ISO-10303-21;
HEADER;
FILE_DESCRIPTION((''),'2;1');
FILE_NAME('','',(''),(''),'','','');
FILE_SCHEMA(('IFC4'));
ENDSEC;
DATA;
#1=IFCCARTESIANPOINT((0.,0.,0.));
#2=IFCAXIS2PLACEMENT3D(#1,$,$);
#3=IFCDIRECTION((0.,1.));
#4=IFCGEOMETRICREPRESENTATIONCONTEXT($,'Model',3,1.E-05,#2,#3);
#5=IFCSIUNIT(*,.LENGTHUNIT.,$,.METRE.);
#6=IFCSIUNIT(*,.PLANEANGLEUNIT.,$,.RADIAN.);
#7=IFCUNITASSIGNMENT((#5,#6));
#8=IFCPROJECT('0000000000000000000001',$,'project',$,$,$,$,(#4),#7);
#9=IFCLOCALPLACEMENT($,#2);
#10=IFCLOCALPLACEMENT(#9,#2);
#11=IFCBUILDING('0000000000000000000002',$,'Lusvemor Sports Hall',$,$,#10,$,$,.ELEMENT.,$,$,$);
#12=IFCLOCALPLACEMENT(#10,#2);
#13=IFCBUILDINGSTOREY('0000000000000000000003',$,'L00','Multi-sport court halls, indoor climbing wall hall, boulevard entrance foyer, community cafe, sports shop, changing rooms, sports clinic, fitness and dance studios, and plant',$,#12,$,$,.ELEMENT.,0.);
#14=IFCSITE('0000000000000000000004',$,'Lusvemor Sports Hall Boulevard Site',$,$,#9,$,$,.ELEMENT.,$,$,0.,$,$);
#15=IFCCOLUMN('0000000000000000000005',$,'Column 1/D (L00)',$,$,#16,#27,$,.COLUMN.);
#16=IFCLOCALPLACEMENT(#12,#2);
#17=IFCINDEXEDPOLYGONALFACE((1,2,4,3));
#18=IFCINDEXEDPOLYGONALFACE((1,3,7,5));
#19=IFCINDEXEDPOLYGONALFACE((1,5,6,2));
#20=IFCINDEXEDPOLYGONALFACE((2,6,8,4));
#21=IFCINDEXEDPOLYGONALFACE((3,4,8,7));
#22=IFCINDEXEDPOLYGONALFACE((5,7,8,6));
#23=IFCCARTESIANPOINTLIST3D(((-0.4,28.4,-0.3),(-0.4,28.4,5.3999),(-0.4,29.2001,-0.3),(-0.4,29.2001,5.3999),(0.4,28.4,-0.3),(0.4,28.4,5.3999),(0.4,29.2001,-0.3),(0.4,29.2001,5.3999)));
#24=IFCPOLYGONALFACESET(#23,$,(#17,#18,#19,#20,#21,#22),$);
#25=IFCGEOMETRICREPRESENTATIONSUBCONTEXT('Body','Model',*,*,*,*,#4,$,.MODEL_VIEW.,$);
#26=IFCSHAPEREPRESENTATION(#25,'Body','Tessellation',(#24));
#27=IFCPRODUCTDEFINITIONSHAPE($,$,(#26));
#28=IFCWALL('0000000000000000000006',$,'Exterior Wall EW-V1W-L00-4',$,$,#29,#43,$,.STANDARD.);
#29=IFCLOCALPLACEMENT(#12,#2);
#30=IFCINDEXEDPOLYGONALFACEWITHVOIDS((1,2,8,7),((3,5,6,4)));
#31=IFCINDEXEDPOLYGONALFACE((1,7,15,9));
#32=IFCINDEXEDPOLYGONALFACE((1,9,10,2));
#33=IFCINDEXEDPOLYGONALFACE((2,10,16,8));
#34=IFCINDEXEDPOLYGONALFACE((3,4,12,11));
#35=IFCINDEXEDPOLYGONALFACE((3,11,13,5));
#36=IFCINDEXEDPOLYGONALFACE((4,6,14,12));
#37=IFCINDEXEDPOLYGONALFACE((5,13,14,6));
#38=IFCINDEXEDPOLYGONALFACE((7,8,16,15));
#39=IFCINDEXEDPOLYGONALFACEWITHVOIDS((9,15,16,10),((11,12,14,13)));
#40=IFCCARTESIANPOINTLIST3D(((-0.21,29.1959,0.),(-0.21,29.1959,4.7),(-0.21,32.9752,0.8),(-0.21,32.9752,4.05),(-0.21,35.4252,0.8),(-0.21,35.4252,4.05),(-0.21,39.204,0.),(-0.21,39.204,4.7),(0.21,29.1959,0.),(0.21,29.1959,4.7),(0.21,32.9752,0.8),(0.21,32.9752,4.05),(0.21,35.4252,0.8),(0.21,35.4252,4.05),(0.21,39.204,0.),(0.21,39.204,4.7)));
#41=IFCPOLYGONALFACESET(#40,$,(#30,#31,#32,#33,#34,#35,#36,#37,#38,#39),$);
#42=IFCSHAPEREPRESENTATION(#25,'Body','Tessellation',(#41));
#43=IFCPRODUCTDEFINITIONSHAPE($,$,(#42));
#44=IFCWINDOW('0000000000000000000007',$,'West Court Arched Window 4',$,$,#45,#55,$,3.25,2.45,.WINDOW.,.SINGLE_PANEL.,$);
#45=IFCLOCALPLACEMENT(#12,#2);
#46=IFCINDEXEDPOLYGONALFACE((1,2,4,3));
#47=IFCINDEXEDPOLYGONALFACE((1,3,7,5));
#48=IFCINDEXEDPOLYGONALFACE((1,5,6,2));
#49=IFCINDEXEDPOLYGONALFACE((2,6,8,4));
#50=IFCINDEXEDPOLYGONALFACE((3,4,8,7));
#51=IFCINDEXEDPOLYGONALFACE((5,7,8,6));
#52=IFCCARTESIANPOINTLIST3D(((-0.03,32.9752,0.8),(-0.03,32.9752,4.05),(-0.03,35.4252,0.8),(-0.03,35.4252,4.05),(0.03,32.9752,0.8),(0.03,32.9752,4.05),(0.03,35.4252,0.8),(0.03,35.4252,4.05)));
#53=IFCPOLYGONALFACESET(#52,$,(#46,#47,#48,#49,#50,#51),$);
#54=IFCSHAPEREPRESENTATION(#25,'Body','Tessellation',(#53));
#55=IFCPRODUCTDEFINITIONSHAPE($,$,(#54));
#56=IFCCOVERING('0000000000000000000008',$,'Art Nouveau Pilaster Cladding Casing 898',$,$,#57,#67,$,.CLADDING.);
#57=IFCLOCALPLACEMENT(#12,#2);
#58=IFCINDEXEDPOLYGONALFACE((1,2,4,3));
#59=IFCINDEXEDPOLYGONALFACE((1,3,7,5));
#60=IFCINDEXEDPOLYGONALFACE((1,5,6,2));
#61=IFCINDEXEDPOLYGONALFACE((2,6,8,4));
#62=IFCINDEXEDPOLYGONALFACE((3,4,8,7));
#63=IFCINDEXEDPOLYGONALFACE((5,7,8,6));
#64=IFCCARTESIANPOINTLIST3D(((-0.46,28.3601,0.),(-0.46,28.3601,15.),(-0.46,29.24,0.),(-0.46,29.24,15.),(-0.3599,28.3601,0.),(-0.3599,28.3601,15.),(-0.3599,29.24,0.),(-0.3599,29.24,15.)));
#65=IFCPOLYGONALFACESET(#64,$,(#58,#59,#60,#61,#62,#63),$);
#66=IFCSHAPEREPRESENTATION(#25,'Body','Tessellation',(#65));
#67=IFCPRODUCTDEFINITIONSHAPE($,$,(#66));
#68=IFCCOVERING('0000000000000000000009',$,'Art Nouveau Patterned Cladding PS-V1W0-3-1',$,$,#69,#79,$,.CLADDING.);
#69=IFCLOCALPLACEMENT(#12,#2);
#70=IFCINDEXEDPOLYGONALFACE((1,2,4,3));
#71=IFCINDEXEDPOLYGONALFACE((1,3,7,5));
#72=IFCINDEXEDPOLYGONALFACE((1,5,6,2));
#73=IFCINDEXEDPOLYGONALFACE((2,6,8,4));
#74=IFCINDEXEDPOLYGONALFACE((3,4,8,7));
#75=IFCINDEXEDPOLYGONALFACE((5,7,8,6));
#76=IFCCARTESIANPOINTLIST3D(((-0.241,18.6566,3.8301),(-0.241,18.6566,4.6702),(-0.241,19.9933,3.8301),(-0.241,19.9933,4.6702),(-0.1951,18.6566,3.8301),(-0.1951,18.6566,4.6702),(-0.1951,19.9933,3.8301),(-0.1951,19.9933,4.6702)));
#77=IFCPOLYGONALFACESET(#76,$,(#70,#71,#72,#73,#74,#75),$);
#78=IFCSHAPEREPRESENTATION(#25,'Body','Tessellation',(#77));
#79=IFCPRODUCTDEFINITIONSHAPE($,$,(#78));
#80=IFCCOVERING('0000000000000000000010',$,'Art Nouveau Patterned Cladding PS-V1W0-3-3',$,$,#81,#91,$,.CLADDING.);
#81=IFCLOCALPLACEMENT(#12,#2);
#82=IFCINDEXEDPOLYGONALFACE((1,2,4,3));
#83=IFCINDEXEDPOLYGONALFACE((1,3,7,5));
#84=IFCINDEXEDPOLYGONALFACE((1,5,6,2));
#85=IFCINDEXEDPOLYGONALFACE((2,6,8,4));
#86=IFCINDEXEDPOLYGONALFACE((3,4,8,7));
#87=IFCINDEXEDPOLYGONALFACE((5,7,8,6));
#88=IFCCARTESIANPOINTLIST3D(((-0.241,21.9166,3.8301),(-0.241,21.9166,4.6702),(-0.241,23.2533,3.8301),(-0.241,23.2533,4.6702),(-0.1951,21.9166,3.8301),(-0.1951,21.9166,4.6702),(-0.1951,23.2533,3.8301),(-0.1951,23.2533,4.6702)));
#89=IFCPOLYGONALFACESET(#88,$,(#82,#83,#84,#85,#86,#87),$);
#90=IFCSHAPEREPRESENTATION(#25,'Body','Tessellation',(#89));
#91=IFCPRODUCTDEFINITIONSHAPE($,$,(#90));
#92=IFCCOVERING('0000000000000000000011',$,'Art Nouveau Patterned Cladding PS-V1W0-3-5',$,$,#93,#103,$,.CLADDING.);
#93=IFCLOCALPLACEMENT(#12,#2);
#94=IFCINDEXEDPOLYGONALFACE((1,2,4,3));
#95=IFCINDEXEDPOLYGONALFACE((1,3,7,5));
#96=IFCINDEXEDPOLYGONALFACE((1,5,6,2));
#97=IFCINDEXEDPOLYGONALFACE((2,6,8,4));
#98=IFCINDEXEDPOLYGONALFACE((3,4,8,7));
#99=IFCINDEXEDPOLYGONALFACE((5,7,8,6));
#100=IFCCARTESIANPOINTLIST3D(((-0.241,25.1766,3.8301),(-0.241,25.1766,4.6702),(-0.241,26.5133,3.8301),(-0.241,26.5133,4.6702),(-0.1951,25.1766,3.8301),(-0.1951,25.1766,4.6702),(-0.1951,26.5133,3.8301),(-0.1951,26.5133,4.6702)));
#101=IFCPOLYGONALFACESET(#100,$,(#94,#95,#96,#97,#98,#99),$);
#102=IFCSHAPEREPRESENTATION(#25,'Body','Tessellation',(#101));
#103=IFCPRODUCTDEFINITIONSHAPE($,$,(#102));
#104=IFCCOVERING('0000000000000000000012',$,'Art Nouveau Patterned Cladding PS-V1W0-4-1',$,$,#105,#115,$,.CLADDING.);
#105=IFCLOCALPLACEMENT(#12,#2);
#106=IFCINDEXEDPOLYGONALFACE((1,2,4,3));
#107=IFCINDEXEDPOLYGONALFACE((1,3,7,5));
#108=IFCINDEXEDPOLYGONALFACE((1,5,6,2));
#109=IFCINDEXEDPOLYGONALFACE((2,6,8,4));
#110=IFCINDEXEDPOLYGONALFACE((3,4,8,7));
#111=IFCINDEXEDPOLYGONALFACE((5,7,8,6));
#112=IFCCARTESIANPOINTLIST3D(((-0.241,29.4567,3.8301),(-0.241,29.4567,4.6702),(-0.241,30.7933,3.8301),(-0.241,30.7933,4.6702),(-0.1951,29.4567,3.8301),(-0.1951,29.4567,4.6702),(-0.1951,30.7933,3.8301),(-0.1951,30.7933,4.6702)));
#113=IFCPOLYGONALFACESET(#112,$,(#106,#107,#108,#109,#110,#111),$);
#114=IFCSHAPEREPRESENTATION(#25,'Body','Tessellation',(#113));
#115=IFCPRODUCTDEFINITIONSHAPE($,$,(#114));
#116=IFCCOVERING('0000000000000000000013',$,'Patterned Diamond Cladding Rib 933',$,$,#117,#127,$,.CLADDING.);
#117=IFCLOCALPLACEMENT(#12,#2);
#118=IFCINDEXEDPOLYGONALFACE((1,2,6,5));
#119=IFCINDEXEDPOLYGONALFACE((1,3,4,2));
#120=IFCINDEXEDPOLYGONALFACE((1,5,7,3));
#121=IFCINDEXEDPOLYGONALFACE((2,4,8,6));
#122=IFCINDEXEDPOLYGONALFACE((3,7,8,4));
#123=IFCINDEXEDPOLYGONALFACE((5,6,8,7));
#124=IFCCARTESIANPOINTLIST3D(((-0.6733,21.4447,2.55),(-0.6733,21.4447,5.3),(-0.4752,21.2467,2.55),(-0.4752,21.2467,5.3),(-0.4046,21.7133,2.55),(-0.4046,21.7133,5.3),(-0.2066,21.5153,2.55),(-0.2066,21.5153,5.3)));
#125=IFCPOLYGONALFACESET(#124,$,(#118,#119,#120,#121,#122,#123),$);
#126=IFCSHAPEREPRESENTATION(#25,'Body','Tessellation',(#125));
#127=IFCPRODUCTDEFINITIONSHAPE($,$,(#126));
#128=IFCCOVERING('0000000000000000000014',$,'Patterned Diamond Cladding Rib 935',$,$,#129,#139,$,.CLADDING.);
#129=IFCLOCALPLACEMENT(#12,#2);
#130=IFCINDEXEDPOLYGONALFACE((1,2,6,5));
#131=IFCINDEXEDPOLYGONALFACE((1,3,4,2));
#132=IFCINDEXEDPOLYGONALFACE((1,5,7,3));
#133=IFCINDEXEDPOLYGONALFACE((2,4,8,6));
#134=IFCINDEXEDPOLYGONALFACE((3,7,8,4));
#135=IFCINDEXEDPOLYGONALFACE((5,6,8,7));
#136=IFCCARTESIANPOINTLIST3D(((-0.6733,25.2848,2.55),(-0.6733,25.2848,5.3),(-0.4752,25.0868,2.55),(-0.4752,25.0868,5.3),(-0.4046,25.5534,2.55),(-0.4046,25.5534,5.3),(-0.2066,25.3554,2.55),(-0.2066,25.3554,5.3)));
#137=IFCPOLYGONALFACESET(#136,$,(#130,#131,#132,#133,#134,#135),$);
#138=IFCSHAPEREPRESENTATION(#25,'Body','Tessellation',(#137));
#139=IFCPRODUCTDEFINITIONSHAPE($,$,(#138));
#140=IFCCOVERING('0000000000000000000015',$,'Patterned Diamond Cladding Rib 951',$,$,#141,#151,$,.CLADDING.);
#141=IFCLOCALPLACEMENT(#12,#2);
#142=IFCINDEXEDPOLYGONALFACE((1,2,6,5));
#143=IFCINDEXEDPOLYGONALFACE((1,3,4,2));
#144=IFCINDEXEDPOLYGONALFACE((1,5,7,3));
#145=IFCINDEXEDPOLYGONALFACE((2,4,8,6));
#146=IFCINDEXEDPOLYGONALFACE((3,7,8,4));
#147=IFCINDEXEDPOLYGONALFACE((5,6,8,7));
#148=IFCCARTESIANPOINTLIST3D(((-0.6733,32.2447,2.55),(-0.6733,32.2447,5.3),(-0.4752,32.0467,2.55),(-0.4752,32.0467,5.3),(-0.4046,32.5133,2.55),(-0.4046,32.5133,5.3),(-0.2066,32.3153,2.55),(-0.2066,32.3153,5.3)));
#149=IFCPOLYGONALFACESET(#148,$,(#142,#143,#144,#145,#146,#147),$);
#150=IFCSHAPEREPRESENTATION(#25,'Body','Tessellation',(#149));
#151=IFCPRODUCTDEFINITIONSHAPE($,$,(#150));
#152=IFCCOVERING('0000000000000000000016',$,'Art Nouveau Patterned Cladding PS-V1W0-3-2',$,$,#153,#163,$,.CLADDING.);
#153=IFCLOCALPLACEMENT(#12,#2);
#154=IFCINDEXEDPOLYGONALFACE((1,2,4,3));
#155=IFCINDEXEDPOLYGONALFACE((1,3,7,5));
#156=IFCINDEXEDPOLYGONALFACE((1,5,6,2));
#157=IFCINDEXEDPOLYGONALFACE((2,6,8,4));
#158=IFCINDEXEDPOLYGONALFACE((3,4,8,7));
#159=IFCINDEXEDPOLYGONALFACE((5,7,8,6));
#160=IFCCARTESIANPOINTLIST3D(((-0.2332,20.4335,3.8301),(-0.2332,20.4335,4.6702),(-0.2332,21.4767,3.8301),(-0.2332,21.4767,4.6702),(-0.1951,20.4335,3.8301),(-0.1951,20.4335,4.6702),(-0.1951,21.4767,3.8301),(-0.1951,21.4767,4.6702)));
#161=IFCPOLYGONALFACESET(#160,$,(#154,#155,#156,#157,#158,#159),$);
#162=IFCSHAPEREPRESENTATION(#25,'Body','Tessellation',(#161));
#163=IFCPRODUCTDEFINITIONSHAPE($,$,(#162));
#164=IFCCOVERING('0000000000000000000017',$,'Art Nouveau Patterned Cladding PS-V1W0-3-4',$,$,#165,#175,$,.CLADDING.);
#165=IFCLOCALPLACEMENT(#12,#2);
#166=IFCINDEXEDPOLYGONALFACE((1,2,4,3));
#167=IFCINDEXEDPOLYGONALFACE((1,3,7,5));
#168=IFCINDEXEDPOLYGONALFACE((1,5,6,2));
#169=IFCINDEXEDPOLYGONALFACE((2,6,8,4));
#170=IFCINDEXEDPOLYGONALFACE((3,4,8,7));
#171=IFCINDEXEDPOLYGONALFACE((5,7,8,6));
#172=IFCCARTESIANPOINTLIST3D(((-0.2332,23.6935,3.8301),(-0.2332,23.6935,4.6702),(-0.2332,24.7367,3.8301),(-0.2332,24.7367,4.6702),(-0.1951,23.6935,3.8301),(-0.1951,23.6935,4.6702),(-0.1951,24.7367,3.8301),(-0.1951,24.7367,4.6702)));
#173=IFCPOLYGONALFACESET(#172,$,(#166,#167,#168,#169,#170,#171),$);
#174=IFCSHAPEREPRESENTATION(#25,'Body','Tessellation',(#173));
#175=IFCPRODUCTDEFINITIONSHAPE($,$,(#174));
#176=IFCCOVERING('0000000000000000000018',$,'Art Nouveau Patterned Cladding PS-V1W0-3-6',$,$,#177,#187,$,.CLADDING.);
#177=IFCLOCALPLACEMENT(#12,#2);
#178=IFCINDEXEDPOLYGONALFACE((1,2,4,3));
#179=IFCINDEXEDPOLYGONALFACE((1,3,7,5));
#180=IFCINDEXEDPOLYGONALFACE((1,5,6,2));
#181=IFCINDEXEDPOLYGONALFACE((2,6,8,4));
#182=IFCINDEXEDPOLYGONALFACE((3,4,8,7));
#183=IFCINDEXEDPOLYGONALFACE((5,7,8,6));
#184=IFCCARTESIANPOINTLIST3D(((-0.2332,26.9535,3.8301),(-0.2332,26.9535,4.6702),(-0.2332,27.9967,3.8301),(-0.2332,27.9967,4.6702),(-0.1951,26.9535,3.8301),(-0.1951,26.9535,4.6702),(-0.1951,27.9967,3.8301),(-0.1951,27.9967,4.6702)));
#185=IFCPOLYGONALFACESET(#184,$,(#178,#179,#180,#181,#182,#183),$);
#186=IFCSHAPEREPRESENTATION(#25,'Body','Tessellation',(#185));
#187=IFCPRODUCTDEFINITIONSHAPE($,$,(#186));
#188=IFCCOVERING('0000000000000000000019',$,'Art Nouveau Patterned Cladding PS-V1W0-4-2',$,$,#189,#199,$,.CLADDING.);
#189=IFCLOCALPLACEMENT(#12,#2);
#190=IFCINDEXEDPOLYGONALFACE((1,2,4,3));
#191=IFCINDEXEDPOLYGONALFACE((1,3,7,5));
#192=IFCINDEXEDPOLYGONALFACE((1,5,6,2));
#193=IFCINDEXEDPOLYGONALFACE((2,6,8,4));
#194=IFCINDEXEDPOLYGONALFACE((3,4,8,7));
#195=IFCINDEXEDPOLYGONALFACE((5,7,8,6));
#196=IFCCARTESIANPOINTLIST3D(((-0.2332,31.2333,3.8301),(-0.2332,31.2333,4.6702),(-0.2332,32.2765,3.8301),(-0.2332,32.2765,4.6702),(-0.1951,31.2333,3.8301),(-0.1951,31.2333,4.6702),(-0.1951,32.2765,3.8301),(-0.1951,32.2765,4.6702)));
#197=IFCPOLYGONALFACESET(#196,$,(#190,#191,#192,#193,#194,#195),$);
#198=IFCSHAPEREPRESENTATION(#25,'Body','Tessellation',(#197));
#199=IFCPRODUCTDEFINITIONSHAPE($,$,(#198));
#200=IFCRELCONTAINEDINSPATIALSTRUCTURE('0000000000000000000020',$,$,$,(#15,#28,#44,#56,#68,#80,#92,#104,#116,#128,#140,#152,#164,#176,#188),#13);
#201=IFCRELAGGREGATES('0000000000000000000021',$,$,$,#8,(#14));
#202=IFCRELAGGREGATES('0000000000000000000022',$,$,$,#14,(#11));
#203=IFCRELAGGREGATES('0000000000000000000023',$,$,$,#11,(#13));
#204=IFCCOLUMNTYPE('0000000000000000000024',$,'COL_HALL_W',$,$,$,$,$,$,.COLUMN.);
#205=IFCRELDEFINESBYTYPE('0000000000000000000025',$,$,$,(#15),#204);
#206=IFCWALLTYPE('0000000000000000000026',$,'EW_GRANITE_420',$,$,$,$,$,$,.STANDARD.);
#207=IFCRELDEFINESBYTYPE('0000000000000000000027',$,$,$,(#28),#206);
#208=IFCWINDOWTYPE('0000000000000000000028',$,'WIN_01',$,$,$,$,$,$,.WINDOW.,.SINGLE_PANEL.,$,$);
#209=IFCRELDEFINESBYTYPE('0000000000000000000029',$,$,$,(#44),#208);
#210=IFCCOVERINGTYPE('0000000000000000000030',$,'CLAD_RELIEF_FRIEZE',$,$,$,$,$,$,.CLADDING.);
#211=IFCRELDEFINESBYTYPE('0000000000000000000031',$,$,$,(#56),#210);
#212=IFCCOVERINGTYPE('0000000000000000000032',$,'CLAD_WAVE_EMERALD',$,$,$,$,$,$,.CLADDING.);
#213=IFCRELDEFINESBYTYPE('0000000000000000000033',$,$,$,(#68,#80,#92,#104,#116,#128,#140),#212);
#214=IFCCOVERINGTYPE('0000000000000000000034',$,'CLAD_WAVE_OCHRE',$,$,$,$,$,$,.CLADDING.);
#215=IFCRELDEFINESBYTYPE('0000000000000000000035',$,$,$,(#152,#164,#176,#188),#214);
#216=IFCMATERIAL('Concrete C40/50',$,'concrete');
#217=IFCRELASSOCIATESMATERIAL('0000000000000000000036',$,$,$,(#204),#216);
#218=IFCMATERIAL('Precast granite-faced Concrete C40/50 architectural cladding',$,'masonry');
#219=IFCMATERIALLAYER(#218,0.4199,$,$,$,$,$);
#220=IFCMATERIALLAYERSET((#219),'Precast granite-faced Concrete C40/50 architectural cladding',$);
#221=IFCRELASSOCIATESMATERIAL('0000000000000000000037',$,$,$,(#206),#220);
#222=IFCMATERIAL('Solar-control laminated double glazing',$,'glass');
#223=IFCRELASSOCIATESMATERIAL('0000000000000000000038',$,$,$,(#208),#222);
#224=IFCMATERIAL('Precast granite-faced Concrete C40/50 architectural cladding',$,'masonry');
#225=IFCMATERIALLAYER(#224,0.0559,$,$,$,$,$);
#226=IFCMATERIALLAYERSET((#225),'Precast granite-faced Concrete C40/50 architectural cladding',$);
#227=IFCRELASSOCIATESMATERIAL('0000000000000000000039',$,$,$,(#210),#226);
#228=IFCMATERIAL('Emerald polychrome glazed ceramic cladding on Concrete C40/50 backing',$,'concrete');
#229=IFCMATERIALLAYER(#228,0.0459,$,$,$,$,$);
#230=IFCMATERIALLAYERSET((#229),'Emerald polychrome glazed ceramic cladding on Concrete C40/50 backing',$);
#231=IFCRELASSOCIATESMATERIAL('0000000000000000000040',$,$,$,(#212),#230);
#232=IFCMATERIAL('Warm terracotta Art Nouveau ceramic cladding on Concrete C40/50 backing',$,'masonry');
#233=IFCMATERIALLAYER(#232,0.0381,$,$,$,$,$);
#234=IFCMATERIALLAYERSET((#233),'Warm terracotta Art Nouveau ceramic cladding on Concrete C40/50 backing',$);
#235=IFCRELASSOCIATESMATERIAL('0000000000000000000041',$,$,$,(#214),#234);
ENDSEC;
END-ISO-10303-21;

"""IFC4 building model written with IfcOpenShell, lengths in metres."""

from ifc_helpers import new_model, si_unit, direction, frame, frame_2d, origin, origin_2d, place, context, subcontext, project, spatial, rectangle, extrude, material, layer, layer_set, material_profile, profile_set, type_object, element, fill, save


model = new_model("IFC4")

# Units and contexts
model_context = context("Model", 3, precision=1e-05, world=origin(), true_north=direction((0.0, 1.0)))
body_context = subcontext(model_context, "Body", "Model", "MODEL_VIEW")
ifc_project = project(units=[si_unit("LENGTHUNIT", "METRE"), si_unit("PLANEANGLEUNIT", "RADIAN")], contexts=[model_context])

# Site, building, storey
site_placement = place(None, origin())
site = spatial("IfcSite", under=ifc_project, at=site_placement, Name="Lusvemor Sports Hall Boulevard Site", CompositionType="ELEMENT", RefElevation=0.0)
building_placement = place(site_placement, origin())
building = spatial("IfcBuilding", under=site, at=building_placement, Name="Lusvemor Sports Hall", CompositionType="ELEMENT")
storey_placement = place(building_placement, origin())
storey = spatial("IfcBuildingStorey", under=building, at=storey_placement, Name="L00", Description="Multi-sport court halls, indoor climbing wall hall, boulevard entrance foyer, community cafe, sports shop, changing rooms, sports clinic, fitness and dance studios, and plant", CompositionType="ELEMENT", Elevation=0.0)

# Column
ifc_material_1 = material(Name="Concrete C40/50", Category="concrete")
ifc_material_profile_1 = material_profile(ifc_material_1, rectangle(XDim=0.8, YDim=0.8, at=origin_2d()), Name="RC800x800")
ifc_profile_set_1 = profile_set([ifc_material_profile_1], Name="Concrete C40/50")
column_type = type_object("IfcColumnType", Name="COL_HALL_W", PredefinedType="COLUMN", material=ifc_profile_set_1)
column_placement = place(storey_placement, frame((0.0, 28.8, -0.3), z_axis=(0.0, 0.0, 1.0), x_axis=(1.0, 0.0, 0.0)))
element("IfcColumn", 1, at=column_placement, inside=storey, type_object=column_type, Name="Column 1/D (L00)", PredefinedType="COLUMN", context=body_context, shape_type="SweptSolid", body=[
    extrude(rectangle(XDim=0.8, YDim=0.8, at=origin_2d()), origin(), (0.0, 0.0, 1.0), 5.7),
])

# Wall, opening, window
ifc_material_2 = material(Name="Precast granite-faced Concrete C40/50 architectural cladding", Category="masonry")
ifc_layer_1 = layer(ifc_material_2, 0.4199)
ifc_layer_set_1 = layer_set([ifc_layer_1], Name="Precast granite-faced Concrete C40/50 architectural cladding")
wall_type = type_object("IfcWallType", Name="EW_GRANITE_420", PredefinedType="STANDARD", material=ifc_layer_set_1)
wall_placement = place(storey_placement, frame((0.0, 29.196, 0.0), z_axis=(0.0, 0.0, 1.0), x_axis=(0.0, 1.0, 0.0)))
wall = element("IfcWall", 2, at=wall_placement, inside=storey, type_object=wall_type, Name="Exterior Wall EW-V1W-L00-4", PredefinedType="STANDARD", context=body_context, shape_type="SweptSolid", body=[
    extrude(rectangle(XDim=10.0081, YDim=0.4199, at=frame_2d((5.0039, 0.0))), origin(), (0.0, 0.0, 1.0), 4.7),
])
opening_placement = place(wall_placement, frame((3.7791, 0.0, 0.8)))
opening = element("IfcOpeningElement", 3, at=opening_placement, cuts=wall, PredefinedType="OPENING", context=body_context, shape_type="SweptSolid", body=[
    extrude(rectangle(XDim=2.45, YDim=3.25, at=frame_2d((1.2251, 1.625))), frame((0.0, 0.21, 0.0), z_axis=(0.0, -1.0, 0.0), x_axis=(1.0, 0.0, 0.0)), (0.0, 0.0, 1.0), 0.4199),
])
ifc_material_3 = material(Name="Solar-control laminated double glazing", Category="glass")
window_type = type_object("IfcWindowType", Name="WIN_01", PartitioningType="SINGLE_PANEL", PredefinedType="WINDOW", material=ifc_material_3)
window_placement = place(opening_placement, origin())
window = element("IfcWindow", 4, at=window_placement, inside=storey, type_object=window_type, Name="West Court Arched Window 4", OverallHeight=3.25, OverallWidth=2.45, PartitioningType="SINGLE_PANEL", PredefinedType="WINDOW", context=body_context, shape_type="SweptSolid", body=[
    extrude(rectangle(XDim=2.45, YDim=3.25, at=frame_2d((1.2251, 1.625))), frame((0.0, 0.03, 0.0), z_axis=(0.0, -1.0, 0.0), x_axis=(1.0, 0.0, 0.0)), (0.0, 0.0, 1.0), 0.0601),
])
fill(opening, window)

# Coverings
ifc_material_4 = material(Name="Precast granite-faced Concrete C40/50 architectural cladding", Category="masonry")
ifc_layer_2 = layer(ifc_material_4, 0.0559)
ifc_layer_set_2 = layer_set([ifc_layer_2], Name="Precast granite-faced Concrete C40/50 architectural cladding")
covering_type_1 = type_object("IfcCoveringType", Name="CLAD_RELIEF_FRIEZE", PredefinedType="CLADDING", material=ifc_layer_set_2)
covering_1_placement = place(storey_placement, frame((-0.4099, 28.8, 0.0), z_axis=(0.0, 0.0, 1.0), x_axis=(1.0, 0.0, 0.0)))
element("IfcCovering", 5, at=covering_1_placement, inside=storey, type_object=covering_type_1, Name="Art Nouveau Pilaster Cladding Casing 898", PredefinedType="CLADDING", context=body_context, shape_type="SweptSolid", body=[
    extrude(rectangle(XDim=0.1001, YDim=0.8799, at=origin_2d()), origin(), (0.0, 0.0, 1.0), 15.0),
])
ifc_material_5 = material(Name="Emerald polychrome glazed ceramic cladding on Concrete C40/50 backing", Category="concrete")
ifc_layer_3 = layer(ifc_material_5, 0.0459)
ifc_layer_set_3 = layer_set([ifc_layer_3], Name="Emerald polychrome glazed ceramic cladding on Concrete C40/50 backing")
covering_type_2 = type_object("IfcCoveringType", Name="CLAD_WAVE_EMERALD", PredefinedType="CLADDING", material=ifc_layer_set_3)
for number, where, z_axis, x_axis, name in (
    (6, (-0.218, 19.325, 3.8301), (0.0, 0.0, 1.0), (1.0, 0.0, 0.0), "Art Nouveau Patterned Cladding PS-V1W0-3-1"),
    (7, (-0.218, 22.585, 3.8301), (0.0, 0.0, 1.0), (1.0, 0.0, 0.0), "Art Nouveau Patterned Cladding PS-V1W0-3-3"),
    (8, (-0.218, 25.845, 3.8301), (0.0, 0.0, 1.0), (1.0, 0.0, 0.0), "Art Nouveau Patterned Cladding PS-V1W0-3-5"),
    (9, (-0.218, 30.125, 3.8301), (0.0, 0.0, 1.0), (1.0, 0.0, 0.0), "Art Nouveau Patterned Cladding PS-V1W0-4-1"),
):
    element("IfcCovering", number, at=place(storey_placement, frame(where, z_axis=z_axis, x_axis=x_axis)), inside=storey, type_object=covering_type_2, Name=name, PredefinedType="CLADDING", context=body_context, shape_type="SweptSolid", body=[
        extrude(rectangle(XDim=0.0459, YDim=1.3367, at=origin_2d()), origin(), (0.0, 0.0, 1.0), 0.8401),
    ])
for number, where, z_axis, x_axis, name in (
    (10, (-0.4399, 21.48, 2.55), (0.0, 0.0, 1.0), (0.707107, 0.707107, 0.0), "Patterned Diamond Cladding Rib 933"),
    (11, (-0.4399, 25.3201, 2.55), (0.0, 0.0, 1.0), (0.707107, 0.707107, 0.0), "Patterned Diamond Cladding Rib 935"),
    (12, (-0.4399, 32.28, 2.55), (0.0, 0.0, 1.0), (0.707107, 0.707107, 0.0), "Patterned Diamond Cladding Rib 951"),
):
    element("IfcCovering", number, at=place(storey_placement, frame(where, z_axis=z_axis, x_axis=x_axis)), inside=storey, type_object=covering_type_2, Name=name, PredefinedType="CLADDING", context=body_context, shape_type="SweptSolid", body=[
        extrude(rectangle(XDim=0.3799, YDim=0.28, at=origin_2d()), origin(), (0.0, 0.0, 1.0), 2.75),
    ])
ifc_material_6 = material(Name="Warm terracotta Art Nouveau ceramic cladding on Concrete C40/50 backing", Category="masonry")
ifc_layer_4 = layer(ifc_material_6, 0.0381)
ifc_layer_set_4 = layer_set([ifc_layer_4], Name="Warm terracotta Art Nouveau ceramic cladding on Concrete C40/50 backing")
covering_type_3 = type_object("IfcCoveringType", Name="CLAD_WAVE_OCHRE", PredefinedType="CLADDING", material=ifc_layer_set_4)
for number, where, z_axis, x_axis, name in (
    (13, (-0.2141, 20.9551, 3.8301), (0.0, 0.0, 1.0), (1.0, 0.0, 0.0), "Art Nouveau Patterned Cladding PS-V1W0-3-2"),
    (14, (-0.2141, 24.2151, 3.8301), (0.0, 0.0, 1.0), (1.0, 0.0, 0.0), "Art Nouveau Patterned Cladding PS-V1W0-3-4"),
    (15, (-0.2141, 27.4751, 3.8301), (0.0, 0.0, 1.0), (1.0, 0.0, 0.0), "Art Nouveau Patterned Cladding PS-V1W0-3-6"),
    (16, (-0.2141, 31.7549, 3.8301), (0.0, 0.0, 1.0), (1.0, 0.0, 0.0), "Art Nouveau Patterned Cladding PS-V1W0-4-2"),
):
    element("IfcCovering", number, at=place(storey_placement, frame(where, z_axis=z_axis, x_axis=x_axis)), inside=storey, type_object=covering_type_3, Name=name, PredefinedType="CLADDING", context=body_context, shape_type="SweptSolid", body=[
        extrude(rectangle(XDim=0.0381, YDim=1.0432, at=origin_2d()), origin(), (0.0, 0.0, 1.0), 0.8401),
    ])

save(model, "model.ifc")
